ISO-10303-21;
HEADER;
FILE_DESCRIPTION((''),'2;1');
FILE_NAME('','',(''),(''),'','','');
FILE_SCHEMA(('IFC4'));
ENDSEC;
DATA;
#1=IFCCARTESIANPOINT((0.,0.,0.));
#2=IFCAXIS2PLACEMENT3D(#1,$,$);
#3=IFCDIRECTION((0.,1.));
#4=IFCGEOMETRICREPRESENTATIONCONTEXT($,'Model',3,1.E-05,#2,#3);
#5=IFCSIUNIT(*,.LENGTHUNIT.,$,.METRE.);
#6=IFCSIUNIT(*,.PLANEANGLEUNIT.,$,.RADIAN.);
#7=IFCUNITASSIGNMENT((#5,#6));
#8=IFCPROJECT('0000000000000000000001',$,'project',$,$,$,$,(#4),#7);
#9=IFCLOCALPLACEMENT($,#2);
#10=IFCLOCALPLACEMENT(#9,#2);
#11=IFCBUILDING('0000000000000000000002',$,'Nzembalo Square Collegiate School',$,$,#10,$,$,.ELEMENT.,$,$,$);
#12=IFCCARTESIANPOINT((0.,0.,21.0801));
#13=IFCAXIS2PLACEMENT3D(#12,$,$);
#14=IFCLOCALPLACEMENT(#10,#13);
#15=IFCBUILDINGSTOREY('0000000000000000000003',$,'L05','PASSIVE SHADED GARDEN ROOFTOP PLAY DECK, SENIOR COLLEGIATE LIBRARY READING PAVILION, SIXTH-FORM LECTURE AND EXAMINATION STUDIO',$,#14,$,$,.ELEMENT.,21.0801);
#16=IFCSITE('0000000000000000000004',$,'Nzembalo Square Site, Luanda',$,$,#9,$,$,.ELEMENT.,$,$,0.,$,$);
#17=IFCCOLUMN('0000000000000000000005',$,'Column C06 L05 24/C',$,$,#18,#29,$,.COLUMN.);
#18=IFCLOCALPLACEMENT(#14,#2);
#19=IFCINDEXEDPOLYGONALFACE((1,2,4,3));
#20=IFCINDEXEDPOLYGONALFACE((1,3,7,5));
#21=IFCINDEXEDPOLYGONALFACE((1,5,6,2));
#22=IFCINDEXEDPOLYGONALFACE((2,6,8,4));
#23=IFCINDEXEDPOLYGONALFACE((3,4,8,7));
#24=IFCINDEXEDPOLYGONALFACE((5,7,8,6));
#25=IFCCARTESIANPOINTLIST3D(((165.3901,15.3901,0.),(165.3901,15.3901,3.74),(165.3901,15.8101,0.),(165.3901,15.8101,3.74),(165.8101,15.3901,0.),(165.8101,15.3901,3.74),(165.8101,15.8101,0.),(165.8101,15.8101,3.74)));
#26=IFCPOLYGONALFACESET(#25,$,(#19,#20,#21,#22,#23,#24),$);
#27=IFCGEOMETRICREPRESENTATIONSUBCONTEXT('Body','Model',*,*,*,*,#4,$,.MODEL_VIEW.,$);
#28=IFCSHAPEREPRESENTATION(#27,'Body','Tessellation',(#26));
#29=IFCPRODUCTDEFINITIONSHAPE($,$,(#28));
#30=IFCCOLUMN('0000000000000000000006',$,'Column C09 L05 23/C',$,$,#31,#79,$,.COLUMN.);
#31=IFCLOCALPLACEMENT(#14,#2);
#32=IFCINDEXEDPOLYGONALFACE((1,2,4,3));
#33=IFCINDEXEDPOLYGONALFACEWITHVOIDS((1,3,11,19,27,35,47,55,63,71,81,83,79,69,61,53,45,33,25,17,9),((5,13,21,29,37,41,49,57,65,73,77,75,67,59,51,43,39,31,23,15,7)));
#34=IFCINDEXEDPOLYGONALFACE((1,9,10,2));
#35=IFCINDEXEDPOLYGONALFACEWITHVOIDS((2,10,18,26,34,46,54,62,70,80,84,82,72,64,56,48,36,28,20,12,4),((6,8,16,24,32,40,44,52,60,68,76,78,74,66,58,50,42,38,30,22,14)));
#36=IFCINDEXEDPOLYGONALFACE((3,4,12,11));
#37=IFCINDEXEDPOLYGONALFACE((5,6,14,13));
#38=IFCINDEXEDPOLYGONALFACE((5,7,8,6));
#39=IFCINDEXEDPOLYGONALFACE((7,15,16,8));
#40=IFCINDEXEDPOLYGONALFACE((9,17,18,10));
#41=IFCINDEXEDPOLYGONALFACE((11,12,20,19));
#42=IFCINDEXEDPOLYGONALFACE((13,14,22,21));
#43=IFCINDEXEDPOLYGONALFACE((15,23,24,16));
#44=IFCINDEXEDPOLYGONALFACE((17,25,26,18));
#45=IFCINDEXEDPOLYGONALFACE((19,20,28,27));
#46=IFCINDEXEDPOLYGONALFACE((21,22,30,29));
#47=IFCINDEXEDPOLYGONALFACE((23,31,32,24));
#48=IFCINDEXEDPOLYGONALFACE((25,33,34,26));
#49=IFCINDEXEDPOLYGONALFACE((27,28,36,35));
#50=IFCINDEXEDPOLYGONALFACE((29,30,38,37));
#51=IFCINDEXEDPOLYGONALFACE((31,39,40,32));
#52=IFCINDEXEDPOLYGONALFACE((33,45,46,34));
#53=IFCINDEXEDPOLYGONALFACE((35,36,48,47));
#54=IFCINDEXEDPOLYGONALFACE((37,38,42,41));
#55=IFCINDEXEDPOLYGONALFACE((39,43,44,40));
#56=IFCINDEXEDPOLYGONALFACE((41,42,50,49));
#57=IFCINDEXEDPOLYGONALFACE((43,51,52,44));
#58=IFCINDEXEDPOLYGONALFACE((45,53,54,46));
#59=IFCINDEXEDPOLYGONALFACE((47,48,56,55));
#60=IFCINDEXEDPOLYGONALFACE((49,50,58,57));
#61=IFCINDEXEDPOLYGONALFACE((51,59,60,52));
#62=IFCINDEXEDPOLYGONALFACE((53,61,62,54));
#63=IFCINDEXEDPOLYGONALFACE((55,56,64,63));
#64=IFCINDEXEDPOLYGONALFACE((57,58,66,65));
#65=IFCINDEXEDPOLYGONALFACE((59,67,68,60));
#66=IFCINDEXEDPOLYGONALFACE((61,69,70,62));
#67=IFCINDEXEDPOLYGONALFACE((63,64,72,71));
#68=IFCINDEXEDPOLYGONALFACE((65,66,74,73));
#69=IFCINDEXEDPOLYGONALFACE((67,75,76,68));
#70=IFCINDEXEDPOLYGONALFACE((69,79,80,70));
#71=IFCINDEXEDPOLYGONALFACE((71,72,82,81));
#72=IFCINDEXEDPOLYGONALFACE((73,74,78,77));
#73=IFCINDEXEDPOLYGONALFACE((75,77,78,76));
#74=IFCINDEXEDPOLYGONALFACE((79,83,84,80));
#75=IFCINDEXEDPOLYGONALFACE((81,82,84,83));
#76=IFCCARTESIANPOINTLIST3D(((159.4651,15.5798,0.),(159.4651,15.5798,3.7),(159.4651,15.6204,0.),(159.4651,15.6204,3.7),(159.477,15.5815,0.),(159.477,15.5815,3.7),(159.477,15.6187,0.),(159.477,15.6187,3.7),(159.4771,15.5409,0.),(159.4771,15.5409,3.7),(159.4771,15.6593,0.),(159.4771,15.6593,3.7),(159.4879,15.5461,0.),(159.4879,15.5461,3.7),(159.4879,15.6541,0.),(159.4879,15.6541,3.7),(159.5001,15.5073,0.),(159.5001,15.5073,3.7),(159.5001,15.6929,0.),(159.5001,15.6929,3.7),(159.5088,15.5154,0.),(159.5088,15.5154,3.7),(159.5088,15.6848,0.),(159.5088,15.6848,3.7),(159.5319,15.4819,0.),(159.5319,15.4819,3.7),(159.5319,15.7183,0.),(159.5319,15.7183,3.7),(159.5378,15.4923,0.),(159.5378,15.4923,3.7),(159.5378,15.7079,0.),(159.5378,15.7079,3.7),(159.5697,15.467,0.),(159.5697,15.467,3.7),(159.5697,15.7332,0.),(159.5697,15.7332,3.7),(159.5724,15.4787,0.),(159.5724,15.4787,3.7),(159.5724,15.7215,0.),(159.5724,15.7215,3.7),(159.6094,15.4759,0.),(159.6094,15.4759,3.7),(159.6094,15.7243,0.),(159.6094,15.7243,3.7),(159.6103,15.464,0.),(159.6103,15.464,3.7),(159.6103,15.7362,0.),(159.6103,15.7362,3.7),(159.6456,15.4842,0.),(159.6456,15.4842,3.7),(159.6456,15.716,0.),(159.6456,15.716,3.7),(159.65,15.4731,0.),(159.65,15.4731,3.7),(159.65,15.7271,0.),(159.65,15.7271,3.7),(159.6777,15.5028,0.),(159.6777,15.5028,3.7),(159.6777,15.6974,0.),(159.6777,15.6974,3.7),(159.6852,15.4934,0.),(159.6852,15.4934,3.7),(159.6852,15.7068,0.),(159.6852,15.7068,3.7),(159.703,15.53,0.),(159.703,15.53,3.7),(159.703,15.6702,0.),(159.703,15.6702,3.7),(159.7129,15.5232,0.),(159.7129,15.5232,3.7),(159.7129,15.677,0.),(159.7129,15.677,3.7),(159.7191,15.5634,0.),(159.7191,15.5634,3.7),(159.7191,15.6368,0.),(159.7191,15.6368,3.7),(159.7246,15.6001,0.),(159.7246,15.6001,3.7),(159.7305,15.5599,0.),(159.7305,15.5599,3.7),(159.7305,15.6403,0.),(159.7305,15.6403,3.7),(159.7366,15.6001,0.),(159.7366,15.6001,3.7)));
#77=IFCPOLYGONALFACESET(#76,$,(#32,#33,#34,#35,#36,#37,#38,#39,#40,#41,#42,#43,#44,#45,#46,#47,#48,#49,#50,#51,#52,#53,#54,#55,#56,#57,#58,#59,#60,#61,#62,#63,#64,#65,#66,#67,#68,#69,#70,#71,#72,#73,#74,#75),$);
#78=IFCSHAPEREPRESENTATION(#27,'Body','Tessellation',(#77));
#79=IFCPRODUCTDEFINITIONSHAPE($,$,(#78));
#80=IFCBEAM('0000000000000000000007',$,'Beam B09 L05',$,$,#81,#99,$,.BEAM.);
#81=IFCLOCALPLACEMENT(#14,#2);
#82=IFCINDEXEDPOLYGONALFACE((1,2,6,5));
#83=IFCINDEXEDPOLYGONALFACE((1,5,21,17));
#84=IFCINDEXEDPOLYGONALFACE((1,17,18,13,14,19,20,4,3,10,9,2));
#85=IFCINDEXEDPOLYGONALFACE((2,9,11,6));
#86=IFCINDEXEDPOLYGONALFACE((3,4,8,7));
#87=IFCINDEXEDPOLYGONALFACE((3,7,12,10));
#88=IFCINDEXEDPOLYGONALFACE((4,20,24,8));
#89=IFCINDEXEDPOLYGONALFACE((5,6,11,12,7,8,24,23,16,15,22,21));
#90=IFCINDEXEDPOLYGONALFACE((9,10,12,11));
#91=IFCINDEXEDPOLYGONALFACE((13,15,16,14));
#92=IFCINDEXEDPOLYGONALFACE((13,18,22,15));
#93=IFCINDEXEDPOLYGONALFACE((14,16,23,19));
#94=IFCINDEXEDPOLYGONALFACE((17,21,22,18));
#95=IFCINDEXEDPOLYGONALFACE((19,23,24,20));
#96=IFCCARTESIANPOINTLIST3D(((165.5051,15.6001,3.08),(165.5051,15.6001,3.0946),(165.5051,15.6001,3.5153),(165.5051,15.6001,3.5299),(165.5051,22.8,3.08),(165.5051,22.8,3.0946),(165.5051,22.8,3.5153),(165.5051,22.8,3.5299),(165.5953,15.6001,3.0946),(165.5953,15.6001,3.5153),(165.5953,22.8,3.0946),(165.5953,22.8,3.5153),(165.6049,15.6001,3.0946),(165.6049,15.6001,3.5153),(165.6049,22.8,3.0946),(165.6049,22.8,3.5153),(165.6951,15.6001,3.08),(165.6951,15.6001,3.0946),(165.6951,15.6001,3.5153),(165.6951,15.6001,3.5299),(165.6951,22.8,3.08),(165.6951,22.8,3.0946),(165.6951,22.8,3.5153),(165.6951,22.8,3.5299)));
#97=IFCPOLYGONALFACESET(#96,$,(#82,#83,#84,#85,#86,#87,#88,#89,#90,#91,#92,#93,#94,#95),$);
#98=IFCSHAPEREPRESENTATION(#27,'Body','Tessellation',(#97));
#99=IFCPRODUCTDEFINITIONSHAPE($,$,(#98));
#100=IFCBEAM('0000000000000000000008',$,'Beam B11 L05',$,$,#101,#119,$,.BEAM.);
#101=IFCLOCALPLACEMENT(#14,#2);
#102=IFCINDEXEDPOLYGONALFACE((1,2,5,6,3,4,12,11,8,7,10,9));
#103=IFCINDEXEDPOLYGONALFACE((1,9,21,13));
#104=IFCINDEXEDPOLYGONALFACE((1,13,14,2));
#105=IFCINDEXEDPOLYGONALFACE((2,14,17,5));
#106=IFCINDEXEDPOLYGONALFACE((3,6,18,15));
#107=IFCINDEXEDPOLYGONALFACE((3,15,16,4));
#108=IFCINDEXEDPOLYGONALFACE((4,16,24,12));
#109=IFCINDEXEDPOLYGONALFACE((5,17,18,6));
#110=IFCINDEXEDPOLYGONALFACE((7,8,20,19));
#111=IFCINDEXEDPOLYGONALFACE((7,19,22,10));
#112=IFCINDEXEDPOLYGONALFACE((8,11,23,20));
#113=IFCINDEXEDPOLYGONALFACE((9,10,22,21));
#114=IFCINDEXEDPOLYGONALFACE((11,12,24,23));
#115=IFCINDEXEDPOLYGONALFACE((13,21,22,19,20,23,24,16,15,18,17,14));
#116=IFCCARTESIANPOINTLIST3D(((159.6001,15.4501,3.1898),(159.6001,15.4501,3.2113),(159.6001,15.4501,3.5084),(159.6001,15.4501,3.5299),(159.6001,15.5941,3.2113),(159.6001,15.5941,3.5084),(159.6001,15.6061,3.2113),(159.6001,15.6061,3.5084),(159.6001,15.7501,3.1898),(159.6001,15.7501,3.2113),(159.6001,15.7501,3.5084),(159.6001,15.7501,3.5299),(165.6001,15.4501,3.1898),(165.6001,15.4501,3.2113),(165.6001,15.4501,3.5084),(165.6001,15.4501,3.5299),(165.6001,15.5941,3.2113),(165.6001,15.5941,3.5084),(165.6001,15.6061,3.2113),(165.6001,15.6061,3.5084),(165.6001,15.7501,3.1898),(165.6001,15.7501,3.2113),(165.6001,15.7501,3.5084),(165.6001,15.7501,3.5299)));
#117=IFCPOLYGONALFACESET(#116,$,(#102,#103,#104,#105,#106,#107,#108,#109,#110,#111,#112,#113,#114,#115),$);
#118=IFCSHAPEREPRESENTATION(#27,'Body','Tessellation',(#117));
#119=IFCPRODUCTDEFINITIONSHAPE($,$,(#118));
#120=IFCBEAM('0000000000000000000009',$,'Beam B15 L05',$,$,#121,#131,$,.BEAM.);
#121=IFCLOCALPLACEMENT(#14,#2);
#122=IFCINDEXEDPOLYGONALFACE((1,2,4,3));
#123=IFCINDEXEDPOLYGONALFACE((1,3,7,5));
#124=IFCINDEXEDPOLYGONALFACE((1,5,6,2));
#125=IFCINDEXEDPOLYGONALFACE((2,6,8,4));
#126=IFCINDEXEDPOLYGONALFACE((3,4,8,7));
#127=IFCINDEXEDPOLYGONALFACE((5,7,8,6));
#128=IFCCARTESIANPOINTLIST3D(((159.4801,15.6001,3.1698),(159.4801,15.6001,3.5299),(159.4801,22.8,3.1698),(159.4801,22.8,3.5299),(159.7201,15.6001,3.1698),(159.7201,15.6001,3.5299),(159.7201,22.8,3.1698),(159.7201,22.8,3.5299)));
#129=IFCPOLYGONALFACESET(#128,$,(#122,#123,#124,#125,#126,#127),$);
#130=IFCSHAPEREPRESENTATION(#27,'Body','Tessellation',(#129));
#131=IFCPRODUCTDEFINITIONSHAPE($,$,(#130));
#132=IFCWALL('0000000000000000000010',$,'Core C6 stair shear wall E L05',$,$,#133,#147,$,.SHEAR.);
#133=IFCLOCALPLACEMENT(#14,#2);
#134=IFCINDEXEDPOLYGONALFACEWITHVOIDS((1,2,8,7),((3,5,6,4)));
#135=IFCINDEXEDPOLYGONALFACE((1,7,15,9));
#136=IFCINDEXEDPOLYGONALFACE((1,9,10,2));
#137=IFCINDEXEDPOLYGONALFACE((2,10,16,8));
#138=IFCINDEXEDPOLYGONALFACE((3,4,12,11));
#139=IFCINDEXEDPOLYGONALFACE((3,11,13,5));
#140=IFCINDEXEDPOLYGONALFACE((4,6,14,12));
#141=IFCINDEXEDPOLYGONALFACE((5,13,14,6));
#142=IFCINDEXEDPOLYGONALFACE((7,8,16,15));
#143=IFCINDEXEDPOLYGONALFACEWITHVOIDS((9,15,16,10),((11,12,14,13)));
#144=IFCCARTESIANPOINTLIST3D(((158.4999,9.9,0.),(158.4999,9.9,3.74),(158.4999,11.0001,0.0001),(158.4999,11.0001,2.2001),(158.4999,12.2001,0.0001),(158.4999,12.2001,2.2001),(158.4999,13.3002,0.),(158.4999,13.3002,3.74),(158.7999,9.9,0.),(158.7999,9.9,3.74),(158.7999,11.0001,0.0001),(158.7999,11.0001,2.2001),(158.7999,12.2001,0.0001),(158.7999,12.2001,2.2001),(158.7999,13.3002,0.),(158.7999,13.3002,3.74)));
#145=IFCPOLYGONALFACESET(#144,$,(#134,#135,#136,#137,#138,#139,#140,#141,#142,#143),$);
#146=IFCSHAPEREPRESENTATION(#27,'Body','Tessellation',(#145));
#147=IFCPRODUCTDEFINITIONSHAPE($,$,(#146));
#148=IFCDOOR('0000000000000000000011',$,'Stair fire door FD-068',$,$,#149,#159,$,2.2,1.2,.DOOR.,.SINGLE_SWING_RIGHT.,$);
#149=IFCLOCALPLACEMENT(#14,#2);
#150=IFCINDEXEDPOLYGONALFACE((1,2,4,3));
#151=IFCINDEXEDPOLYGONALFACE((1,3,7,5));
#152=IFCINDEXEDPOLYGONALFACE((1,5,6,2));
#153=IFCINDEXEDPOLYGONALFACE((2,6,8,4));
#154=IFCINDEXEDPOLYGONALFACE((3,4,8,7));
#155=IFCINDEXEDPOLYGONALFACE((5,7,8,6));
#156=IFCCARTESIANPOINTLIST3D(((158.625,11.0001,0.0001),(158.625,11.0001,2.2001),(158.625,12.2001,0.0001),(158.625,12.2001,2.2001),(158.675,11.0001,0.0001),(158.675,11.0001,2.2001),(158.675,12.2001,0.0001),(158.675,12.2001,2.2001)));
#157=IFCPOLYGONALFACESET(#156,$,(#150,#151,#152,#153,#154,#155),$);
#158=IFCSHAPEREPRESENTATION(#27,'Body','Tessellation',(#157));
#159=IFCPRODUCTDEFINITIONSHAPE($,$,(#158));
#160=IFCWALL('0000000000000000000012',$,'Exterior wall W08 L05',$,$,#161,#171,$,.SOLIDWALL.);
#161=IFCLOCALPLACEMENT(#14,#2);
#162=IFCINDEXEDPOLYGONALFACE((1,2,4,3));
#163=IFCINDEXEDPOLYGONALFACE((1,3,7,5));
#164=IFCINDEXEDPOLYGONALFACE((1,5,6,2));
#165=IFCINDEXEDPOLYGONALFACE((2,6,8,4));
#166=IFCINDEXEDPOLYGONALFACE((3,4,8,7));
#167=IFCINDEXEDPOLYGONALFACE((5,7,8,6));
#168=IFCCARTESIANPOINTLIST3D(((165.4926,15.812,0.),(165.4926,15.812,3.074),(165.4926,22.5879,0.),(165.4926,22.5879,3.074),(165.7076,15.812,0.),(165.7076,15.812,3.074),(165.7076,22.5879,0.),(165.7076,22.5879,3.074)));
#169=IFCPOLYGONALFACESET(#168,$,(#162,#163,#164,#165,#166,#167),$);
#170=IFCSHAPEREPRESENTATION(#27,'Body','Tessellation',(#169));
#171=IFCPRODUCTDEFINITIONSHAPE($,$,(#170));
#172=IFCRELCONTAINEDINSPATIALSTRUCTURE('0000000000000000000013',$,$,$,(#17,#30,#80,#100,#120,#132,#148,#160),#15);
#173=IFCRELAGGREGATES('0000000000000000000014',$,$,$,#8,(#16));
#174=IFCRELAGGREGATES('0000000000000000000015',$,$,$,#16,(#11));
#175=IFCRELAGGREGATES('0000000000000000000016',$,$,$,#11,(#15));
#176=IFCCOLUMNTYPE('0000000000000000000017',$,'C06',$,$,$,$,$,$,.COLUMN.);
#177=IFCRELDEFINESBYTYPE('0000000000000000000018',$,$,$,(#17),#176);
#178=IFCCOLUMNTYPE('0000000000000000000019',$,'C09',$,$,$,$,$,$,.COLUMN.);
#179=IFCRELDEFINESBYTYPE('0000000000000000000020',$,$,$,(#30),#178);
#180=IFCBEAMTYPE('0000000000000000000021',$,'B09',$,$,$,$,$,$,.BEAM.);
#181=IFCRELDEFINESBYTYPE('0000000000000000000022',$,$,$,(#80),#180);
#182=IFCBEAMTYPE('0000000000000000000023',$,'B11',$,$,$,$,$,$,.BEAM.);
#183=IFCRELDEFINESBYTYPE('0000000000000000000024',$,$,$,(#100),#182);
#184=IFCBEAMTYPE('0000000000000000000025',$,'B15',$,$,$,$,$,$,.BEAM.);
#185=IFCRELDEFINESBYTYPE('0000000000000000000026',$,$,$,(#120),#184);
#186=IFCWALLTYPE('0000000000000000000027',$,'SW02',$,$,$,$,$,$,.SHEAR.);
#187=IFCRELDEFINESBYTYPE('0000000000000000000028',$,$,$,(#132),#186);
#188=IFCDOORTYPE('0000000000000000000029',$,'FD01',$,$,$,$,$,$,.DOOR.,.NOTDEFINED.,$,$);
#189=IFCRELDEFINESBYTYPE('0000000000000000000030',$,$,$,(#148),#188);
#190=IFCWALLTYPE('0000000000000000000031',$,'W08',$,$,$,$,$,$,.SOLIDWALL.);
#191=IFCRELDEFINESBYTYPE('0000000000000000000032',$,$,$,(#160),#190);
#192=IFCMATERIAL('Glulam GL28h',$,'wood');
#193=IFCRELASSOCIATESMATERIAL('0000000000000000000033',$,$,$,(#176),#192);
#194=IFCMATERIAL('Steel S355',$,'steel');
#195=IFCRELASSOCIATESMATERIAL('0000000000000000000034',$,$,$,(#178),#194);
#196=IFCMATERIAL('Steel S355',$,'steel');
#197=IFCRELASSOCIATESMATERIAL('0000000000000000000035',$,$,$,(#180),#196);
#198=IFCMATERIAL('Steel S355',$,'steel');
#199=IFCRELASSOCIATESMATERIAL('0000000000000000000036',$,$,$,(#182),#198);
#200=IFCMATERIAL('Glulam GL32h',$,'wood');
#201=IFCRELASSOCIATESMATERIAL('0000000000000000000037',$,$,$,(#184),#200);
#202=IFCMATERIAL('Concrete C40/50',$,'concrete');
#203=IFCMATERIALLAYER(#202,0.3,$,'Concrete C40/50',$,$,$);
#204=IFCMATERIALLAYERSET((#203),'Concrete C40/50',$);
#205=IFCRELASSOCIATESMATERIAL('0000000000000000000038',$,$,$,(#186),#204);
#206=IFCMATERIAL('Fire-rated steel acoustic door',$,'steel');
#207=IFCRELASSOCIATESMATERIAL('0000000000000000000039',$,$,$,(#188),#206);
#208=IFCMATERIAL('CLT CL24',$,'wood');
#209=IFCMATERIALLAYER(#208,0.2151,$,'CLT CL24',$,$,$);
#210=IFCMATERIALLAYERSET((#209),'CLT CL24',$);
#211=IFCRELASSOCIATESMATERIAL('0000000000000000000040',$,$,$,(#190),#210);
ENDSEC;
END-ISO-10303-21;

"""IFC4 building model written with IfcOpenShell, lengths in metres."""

from ifc_helpers import new_model, si_unit, direction, frame, frame_2d, origin, origin_2d, place, context, subcontext, project, spatial, rectangle, hollow_circle, i_section, extrude, material, layer, layer_set, material_profile, profile_set, type_object, element, fill, save


model = new_model("IFC4")

# Units and contexts
model_context = context("Model", 3, precision=1e-05, world=origin(), true_north=direction((0.0, 1.0)))
body_context = subcontext(model_context, "Body", "Model", "MODEL_VIEW")
ifc_project = project(units=[si_unit("LENGTHUNIT", "METRE"), si_unit("PLANEANGLEUNIT", "RADIAN")], contexts=[model_context])

# Site, building, storey
site_placement = place(None, origin())
site = spatial("IfcSite", under=ifc_project, at=site_placement, Name="Nzembalo Square Site, Luanda", CompositionType="ELEMENT", RefElevation=0.0)
building_placement = place(site_placement, origin())
building = spatial("IfcBuilding", under=site, at=building_placement, Name="Nzembalo Square Collegiate School", CompositionType="ELEMENT")
storey_placement = place(building_placement, frame((0.0, 0.0, 21.0801)))
storey = spatial("IfcBuildingStorey", under=building, at=storey_placement, Name="L05", Description="PASSIVE SHADED GARDEN ROOFTOP PLAY DECK, SENIOR COLLEGIATE LIBRARY READING PAVILION, SIXTH-FORM LECTURE AND EXAMINATION STUDIO", CompositionType="ELEMENT", Elevation=21.0801)

# Columns
ifc_material_1 = material(Name="Glulam GL28h", Category="wood")
ifc_material_profile_1 = material_profile(ifc_material_1, rectangle(XDim=0.4199, YDim=0.4199, at=origin_2d()), Name="GL28h 420x420")
ifc_profile_set_1 = profile_set([ifc_material_profile_1], Name="Glulam GL28h")
column_type_1 = type_object("IfcColumnType", Name="C06", PredefinedType="COLUMN", material=ifc_profile_set_1)
column_1_placement = place(storey_placement, frame((165.6001, 15.6001, 0.0), z_axis=(0.0, 0.0, 1.0), x_axis=(1.0, 0.0, 0.0)))
element("IfcColumn", 1, at=column_1_placement, inside=storey, type_object=column_type_1, Name="Column C06 L05 24/C", PredefinedType="COLUMN", context=body_context, shape_type="SweptSolid", body=[
    extrude(rectangle(XDim=0.4199, YDim=0.4199, at=origin_2d()), origin(), (0.0, 0.0, 1.0), 3.74),
])
ifc_material_2 = material(Name="Steel S355", Category="steel")
ifc_material_profile_2 = material_profile(ifc_material_2, hollow_circle(Radius=0.1365, WallThickness=0.012, at=origin_2d()), Name="CHS 273x12")
ifc_profile_set_2 = profile_set([ifc_material_profile_2], Name="Steel S355")
column_type_2 = type_object("IfcColumnType", Name="C09", PredefinedType="COLUMN", material=ifc_profile_set_2)
column_2_placement = place(storey_placement, frame((159.6001, 15.6001, 0.0), z_axis=(0.0, 0.0, 1.0), x_axis=(1.0, 0.0, 0.0)))
element("IfcColumn", 2, at=column_2_placement, inside=storey, type_object=column_type_2, Name="Column C09 L05 23/C", PredefinedType="COLUMN", context=body_context, shape_type="SweptSolid", body=[
    extrude(hollow_circle(Radius=0.1365, WallThickness=0.012, at=origin_2d()), origin(), (0.0, 0.0, 1.0), 3.7),
])

# Beams
ifc_material_3 = material(Name="Steel S355", Category="steel")
ifc_material_profile_3 = material_profile(ifc_material_3, i_section(OverallWidth=0.1899, OverallDepth=0.45, WebThickness=0.0095, FlangeThickness=0.0146, at=origin_2d()), Name="IPE 450")
ifc_profile_set_3 = profile_set([ifc_material_profile_3], Name="Steel S355")
beam_type_1 = type_object("IfcBeamType", Name="B09", PredefinedType="BEAM", material=ifc_profile_set_3)
beam_1_placement = place(storey_placement, frame((165.6001, 15.6001, 3.3049), z_axis=(0.0, 1.0, 0.0), x_axis=(-1.0, 0.0, 0.0)))
element("IfcBeam", 3, at=beam_1_placement, inside=storey, type_object=beam_type_1, Name="Beam B09 L05", PredefinedType="BEAM", context=body_context, shape_type="SweptSolid", body=[
    extrude(i_section(OverallWidth=0.1899, OverallDepth=0.45, WebThickness=0.0095, FlangeThickness=0.0146, at=origin_2d()), origin(), (0.0, 0.0, 1.0), 7.2),
])
ifc_material_4 = material(Name="Steel S355", Category="steel")
ifc_material_profile_4 = material_profile(ifc_material_4, i_section(OverallWidth=0.3, OverallDepth=0.3401, WebThickness=0.012, FlangeThickness=0.0215, at=origin_2d()), Name="HEB 340")
ifc_profile_set_4 = profile_set([ifc_material_profile_4], Name="Steel S355")
beam_type_2 = type_object("IfcBeamType", Name="B11", PredefinedType="BEAM", material=ifc_profile_set_4)
beam_2_placement = place(storey_placement, frame((159.6001, 15.6001, 3.3599), z_axis=(1.0, 0.0, 0.0), x_axis=(0.0, 1.0, 0.0)))
element("IfcBeam", 4, at=beam_2_placement, inside=storey, type_object=beam_type_2, Name="Beam B11 L05", PredefinedType="BEAM", context=body_context, shape_type="SweptSolid", body=[
    extrude(i_section(OverallWidth=0.3, OverallDepth=0.3401, WebThickness=0.012, FlangeThickness=0.0215, at=origin_2d()), origin(), (0.0, 0.0, 1.0), 6.0),
])
ifc_material_5 = material(Name="Glulam GL32h", Category="wood")
ifc_material_profile_5 = material_profile(ifc_material_5, rectangle(XDim=0.24, YDim=0.3601, at=origin_2d()), Name="GL32h 240x360")
ifc_profile_set_5 = profile_set([ifc_material_profile_5], Name="Glulam GL32h")
beam_type_3 = type_object("IfcBeamType", Name="B15", PredefinedType="BEAM", material=ifc_profile_set_5)
beam_3_placement = place(storey_placement, frame((159.6001, 15.6001, 3.3499), z_axis=(0.0, 1.0, 0.0), x_axis=(-1.0, 0.0, 0.0)))
element("IfcBeam", 5, at=beam_3_placement, inside=storey, type_object=beam_type_3, Name="Beam B15 L05", PredefinedType="BEAM", context=body_context, shape_type="SweptSolid", body=[
    extrude(rectangle(XDim=0.24, YDim=0.3601, at=origin_2d()), origin(), (0.0, 0.0, 1.0), 7.2),
])

# Wall, opening, door
ifc_material_6 = material(Name="Concrete C40/50", Category="concrete")
ifc_layer_1 = layer(ifc_material_6, 0.3, Name="Concrete C40/50")
ifc_layer_set_1 = layer_set([ifc_layer_1], Name="Concrete C40/50")
wall_type_1 = type_object("IfcWallType", Name="SW02", PredefinedType="SHEAR", material=ifc_layer_set_1)
wall_1_placement = place(storey_placement, frame((158.6499, 9.8999, 0.0), z_axis=(0.0, 0.0, 1.0), x_axis=(0.0, 1.0, 0.0)))
wall_1 = element("IfcWall", 6, at=wall_1_placement, inside=storey, type_object=wall_type_1, Name="Core C6 stair shear wall E L05", PredefinedType="SHEAR", context=body_context, shape_type="SweptSolid", body=[
    extrude(rectangle(XDim=3.4001, YDim=0.3, at=frame_2d((1.7002, 0.0))), origin(), (0.0, 0.0, 1.0), 3.74),
])
opening_1_placement = place(wall_1_placement, frame((1.1001, 0.0, 0.0)))
opening_1 = element("IfcOpeningElement", 7, at=opening_1_placement, cuts=wall_1, PredefinedType="OPENING", context=body_context, shape_type="SweptSolid", body=[
    extrude(rectangle(XDim=1.2, YDim=2.2, at=frame_2d((0.6001, 1.1001))), frame((0.0, 0.1602, 0.0), z_axis=(0.0, -1.0, 0.0), x_axis=(1.0, 0.0, 0.0)), (0.0, 0.0, 1.0), 0.3201),
])
ifc_material_7 = material(Name="Fire-rated steel acoustic door", Category="steel")
door_type_1 = type_object("IfcDoorType", Name="FD01", OperationType="NOTDEFINED", PredefinedType="DOOR", material=ifc_material_7)
door_1_placement = place(opening_1_placement, origin())
door_1 = element("IfcDoor", 8, at=door_1_placement, inside=storey, type_object=door_type_1, Name="Stair fire door FD-068", OperationType="SINGLE_SWING_RIGHT", OverallHeight=2.2, OverallWidth=1.2, PredefinedType="DOOR", context=body_context, shape_type="SweptSolid", body=[
    extrude(rectangle(XDim=1.2, YDim=2.2, at=frame_2d((0.6001, 1.1001))), frame((0.0, 0.0249, 0.0), z_axis=(0.0, -1.0, 0.0), x_axis=(1.0, 0.0, 0.0)), (0.0, 0.0, 1.0), 0.05),
])
fill(opening_1, door_1)

# Wall
ifc_material_8 = material(Name="CLT CL24", Category="wood")
ifc_layer_2 = layer(ifc_material_8, 0.2151, Name="CLT CL24")
ifc_layer_set_2 = layer_set([ifc_layer_2], Name="CLT CL24")
wall_type_2 = type_object("IfcWallType", Name="W08", PredefinedType="SOLIDWALL", material=ifc_layer_set_2)
wall_2_placement = place(storey_placement, frame((165.6001, 15.812, 0.0), z_axis=(0.0, 0.0, 1.0), x_axis=(0.0, 1.0, 0.0)))
element("IfcWall", 9, at=wall_2_placement, inside=storey, type_object=wall_type_2, Name="Exterior wall W08 L05", PredefinedType="SOLIDWALL", context=body_context, shape_type="SweptSolid", body=[
    extrude(rectangle(XDim=6.7759, YDim=0.2151, at=frame_2d((3.3879, 0.0))), origin(), (0.0, 0.0, 1.0), 3.074),
])

save(model, "model.ifc")
